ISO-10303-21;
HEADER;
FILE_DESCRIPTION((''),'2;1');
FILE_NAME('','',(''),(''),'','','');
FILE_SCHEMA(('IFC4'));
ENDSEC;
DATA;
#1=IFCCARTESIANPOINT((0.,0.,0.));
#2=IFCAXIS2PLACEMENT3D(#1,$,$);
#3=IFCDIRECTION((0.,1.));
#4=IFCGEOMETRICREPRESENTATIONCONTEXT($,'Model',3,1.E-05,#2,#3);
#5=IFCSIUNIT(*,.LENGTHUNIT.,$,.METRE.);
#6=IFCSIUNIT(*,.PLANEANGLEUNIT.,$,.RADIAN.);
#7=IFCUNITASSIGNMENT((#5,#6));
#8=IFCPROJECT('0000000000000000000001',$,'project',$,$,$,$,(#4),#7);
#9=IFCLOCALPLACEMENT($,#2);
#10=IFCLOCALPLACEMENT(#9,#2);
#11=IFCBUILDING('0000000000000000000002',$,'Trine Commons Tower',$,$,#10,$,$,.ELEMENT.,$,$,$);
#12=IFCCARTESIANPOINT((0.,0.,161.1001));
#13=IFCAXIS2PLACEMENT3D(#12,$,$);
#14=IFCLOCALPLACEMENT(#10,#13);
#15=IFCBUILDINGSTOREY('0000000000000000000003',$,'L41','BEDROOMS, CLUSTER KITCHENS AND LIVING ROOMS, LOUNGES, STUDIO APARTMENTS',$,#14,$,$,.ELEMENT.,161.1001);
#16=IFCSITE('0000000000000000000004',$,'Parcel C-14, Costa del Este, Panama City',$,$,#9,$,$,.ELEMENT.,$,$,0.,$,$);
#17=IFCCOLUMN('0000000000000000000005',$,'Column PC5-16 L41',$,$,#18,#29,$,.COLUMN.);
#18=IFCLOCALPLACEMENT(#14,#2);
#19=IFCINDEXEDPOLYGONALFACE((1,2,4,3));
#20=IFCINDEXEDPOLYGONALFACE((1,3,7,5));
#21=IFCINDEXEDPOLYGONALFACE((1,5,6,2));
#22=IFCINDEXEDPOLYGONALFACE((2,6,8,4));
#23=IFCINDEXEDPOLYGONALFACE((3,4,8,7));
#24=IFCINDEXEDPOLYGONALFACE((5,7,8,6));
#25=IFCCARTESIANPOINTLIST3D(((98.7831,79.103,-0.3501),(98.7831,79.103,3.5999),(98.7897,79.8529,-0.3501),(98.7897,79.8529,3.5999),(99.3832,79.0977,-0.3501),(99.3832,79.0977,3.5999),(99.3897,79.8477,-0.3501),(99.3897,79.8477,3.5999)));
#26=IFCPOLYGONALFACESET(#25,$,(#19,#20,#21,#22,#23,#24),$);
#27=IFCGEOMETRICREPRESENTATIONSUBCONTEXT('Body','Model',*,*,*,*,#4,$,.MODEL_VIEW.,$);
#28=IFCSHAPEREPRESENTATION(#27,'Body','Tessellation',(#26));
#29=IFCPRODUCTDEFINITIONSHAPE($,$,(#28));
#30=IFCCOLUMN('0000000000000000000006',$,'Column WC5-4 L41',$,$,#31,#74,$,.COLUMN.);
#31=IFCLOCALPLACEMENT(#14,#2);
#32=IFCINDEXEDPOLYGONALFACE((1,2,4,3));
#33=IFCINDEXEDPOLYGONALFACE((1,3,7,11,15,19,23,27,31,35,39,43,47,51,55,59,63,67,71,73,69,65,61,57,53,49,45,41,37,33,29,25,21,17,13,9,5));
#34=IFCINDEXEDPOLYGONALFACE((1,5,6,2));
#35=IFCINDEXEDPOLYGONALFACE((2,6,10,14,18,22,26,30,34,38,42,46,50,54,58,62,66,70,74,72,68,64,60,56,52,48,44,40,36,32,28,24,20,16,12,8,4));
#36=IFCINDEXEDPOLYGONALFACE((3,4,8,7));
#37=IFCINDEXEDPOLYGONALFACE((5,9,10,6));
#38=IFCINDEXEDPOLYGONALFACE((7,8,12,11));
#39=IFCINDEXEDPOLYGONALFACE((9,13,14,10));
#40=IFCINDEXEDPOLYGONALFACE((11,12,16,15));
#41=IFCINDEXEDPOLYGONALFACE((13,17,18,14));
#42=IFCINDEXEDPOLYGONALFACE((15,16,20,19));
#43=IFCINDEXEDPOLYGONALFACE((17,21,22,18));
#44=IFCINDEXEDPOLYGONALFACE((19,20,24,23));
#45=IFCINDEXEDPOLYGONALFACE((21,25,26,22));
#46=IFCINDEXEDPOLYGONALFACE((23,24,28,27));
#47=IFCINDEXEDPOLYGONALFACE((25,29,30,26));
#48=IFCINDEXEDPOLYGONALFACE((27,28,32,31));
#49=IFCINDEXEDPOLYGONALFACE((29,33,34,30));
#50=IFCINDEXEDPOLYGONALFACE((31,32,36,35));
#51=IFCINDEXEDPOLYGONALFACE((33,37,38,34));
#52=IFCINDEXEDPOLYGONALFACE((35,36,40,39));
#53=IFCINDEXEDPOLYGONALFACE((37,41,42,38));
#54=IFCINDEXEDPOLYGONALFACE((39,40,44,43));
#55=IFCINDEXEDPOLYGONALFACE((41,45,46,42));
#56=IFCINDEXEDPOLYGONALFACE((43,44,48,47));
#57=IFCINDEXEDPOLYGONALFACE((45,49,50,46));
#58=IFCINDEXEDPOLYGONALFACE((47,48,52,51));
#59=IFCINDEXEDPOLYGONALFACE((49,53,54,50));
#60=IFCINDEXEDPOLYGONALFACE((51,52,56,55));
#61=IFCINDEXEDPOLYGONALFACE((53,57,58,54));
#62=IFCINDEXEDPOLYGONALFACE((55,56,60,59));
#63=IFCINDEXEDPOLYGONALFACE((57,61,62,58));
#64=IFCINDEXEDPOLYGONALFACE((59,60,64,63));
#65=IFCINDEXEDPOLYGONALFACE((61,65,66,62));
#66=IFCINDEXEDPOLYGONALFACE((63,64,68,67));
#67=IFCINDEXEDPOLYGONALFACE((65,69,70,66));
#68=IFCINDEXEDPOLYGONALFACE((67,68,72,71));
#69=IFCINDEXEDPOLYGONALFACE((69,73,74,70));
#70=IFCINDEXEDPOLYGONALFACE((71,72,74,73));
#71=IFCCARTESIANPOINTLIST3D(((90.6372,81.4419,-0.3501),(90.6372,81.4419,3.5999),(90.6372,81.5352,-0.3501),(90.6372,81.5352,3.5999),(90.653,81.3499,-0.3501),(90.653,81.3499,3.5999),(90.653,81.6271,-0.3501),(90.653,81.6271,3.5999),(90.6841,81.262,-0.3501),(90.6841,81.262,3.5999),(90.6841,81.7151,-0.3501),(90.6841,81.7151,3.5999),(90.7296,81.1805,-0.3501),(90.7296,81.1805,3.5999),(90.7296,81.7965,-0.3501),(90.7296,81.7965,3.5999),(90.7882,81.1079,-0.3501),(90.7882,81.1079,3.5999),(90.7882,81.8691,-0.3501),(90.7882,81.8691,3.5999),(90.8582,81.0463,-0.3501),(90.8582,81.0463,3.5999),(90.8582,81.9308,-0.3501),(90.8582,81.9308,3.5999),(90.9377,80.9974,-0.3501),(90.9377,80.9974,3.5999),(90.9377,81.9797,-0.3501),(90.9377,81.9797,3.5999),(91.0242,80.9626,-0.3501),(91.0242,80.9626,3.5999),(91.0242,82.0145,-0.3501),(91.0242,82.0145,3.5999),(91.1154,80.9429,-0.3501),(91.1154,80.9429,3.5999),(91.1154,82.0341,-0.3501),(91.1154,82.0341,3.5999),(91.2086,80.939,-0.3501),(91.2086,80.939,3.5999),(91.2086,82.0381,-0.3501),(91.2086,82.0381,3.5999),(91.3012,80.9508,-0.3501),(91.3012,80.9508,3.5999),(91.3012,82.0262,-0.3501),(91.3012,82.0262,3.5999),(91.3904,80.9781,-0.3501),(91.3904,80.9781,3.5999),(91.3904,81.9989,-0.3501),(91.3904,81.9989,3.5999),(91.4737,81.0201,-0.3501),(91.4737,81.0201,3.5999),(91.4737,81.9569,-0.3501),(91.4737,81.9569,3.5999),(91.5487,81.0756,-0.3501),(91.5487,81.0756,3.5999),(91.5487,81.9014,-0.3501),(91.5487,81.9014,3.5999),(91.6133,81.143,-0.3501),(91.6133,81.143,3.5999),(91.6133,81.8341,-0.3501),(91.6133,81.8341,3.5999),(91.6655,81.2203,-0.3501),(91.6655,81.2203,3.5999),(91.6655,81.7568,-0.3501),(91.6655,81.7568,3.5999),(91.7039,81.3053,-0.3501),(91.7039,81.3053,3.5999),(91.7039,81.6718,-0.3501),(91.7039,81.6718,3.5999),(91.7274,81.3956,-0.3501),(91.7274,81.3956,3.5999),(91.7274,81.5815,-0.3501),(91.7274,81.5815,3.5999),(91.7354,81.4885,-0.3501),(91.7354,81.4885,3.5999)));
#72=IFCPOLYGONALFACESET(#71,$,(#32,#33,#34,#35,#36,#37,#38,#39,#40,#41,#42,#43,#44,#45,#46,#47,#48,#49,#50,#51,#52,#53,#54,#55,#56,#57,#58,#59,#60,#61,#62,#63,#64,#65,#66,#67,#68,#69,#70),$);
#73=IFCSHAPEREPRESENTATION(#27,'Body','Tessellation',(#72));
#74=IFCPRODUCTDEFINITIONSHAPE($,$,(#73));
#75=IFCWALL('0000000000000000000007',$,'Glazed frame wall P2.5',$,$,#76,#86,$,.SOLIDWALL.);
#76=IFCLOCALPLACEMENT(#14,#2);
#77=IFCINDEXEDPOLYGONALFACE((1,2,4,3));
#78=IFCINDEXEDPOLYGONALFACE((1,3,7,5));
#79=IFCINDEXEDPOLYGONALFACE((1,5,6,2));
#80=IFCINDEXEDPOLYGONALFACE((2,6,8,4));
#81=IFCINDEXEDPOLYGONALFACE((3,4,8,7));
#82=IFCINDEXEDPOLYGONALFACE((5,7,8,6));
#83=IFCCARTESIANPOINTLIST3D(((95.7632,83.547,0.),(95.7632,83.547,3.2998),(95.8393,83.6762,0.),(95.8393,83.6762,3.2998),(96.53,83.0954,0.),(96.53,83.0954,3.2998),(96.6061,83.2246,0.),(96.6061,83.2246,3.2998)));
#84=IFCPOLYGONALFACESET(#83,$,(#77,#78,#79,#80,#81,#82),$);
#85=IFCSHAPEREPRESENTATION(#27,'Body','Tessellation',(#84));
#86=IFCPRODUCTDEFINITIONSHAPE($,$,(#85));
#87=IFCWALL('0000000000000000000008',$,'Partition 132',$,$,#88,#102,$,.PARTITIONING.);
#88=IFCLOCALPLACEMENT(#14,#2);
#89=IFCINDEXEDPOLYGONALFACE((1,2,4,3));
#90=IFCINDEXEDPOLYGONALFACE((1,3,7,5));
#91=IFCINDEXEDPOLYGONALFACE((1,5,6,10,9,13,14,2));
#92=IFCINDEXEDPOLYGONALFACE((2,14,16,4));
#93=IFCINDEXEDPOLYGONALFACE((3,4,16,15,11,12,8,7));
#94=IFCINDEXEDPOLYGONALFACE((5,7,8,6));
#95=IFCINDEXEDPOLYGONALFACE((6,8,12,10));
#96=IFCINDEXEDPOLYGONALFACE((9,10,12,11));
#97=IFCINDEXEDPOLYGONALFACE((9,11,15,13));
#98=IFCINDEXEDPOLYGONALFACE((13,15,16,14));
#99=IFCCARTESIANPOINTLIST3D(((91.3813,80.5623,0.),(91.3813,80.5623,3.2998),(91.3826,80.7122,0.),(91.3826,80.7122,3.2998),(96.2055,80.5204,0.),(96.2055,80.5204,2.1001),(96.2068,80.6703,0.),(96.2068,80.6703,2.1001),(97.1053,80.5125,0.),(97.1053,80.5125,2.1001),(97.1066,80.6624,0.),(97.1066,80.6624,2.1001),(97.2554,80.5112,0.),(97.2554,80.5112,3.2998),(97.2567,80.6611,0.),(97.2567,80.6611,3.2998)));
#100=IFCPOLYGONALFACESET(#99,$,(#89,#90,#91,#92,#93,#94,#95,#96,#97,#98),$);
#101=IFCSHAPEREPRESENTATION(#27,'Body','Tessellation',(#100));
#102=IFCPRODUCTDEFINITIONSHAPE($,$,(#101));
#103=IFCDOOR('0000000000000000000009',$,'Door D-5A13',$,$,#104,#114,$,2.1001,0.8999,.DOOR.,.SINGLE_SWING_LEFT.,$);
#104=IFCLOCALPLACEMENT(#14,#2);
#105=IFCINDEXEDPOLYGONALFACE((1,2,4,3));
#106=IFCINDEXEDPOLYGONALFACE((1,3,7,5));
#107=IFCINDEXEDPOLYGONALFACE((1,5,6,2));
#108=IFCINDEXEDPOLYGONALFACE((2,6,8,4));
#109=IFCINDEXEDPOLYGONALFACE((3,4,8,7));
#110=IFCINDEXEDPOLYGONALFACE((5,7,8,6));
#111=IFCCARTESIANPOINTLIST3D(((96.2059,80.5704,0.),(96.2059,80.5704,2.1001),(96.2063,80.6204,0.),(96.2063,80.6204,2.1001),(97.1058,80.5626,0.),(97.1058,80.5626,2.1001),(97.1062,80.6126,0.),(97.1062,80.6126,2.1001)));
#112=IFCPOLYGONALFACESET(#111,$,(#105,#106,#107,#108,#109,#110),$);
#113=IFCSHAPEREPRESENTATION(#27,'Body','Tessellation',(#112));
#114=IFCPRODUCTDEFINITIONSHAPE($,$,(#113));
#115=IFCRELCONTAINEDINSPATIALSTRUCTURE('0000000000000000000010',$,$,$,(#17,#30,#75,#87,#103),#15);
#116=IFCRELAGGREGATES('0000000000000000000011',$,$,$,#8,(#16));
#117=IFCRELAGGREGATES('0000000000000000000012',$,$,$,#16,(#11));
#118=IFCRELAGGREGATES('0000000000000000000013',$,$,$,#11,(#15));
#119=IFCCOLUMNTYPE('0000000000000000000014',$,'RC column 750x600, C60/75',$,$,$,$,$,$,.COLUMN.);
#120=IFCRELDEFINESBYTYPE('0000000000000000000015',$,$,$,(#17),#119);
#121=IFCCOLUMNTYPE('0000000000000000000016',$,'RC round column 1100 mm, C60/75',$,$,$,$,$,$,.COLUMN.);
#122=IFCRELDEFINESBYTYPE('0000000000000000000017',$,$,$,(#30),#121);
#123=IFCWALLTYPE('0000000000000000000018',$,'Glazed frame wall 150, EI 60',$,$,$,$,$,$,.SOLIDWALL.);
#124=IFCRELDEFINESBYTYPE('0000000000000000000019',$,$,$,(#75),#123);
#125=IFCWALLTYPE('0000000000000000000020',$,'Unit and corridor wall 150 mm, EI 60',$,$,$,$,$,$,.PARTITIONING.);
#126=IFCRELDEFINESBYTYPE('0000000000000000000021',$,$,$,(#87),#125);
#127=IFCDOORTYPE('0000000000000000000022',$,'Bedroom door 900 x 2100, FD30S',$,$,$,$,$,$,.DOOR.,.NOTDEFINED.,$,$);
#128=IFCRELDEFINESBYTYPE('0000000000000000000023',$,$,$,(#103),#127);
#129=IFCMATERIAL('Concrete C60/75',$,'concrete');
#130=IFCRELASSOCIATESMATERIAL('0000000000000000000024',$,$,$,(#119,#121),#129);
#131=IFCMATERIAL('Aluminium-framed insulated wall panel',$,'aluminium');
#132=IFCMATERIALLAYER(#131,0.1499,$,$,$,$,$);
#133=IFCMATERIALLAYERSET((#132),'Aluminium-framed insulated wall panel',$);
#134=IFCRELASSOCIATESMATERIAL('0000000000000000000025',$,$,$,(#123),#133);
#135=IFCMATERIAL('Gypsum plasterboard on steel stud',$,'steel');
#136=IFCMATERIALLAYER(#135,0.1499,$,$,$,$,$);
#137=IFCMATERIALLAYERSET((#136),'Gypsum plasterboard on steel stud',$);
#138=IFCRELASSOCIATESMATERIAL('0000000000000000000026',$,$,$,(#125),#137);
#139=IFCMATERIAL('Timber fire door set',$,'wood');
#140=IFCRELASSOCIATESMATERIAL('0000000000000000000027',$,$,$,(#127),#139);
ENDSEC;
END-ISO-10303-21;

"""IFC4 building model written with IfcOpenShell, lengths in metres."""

from ifc_helpers import new_model, si_unit, direction, frame, frame_2d, origin, origin_2d, place, context, subcontext, project, spatial, polyline, rectangle, circle, outline, extrude, material, layer, layer_set, material_profile, profile_set, type_object, element, fill, save


model = new_model("IFC4")

# Units and contexts
model_context = context("Model", 3, precision=1e-05, world=origin(), true_north=direction((0.0, 1.0)))
body_context = subcontext(model_context, "Body", "Model", "MODEL_VIEW")
ifc_project = project(units=[si_unit("LENGTHUNIT", "METRE"), si_unit("PLANEANGLEUNIT", "RADIAN")], contexts=[model_context])

# Site, building, storey
site_placement = place(None, origin())
site = spatial("IfcSite", under=ifc_project, at=site_placement, Name="Parcel C-14, Costa del Este, Panama City", CompositionType="ELEMENT", RefElevation=0.0)
building_placement = place(site_placement, origin())
building = spatial("IfcBuilding", under=site, at=building_placement, Name="Trine Commons Tower", CompositionType="ELEMENT")
storey_placement = place(building_placement, frame((0.0, 0.0, 161.1001)))
storey = spatial("IfcBuildingStorey", under=building, at=storey_placement, Name="L41", Description="BEDROOMS, CLUSTER KITCHENS AND LIVING ROOMS, LOUNGES, STUDIO APARTMENTS", CompositionType="ELEMENT", Elevation=161.1001)

# Columns
ifc_material_1 = material(Name="Concrete C60/75", Category="concrete")
ifc_material_profile_1 = material_profile(ifc_material_1, rectangle(XDim=0.75, YDim=0.6001, at=origin_2d()), Name="RC 750x600")
ifc_profile_set_1 = profile_set([ifc_material_profile_1], Name="Concrete C60/75")
column_type_1 = type_object("IfcColumnType", Name="RC column 750x600, C60/75", PredefinedType="COLUMN", material=ifc_profile_set_1)
column_1_placement = place(storey_placement, frame((99.0864, 79.4753, -0.3501), z_axis=(0.0, 0.0, 1.0), x_axis=(0.008727, 0.999962, 0.0)))
element("IfcColumn", 1, at=column_1_placement, inside=storey, type_object=column_type_1, Name="Column PC5-16 L41", PredefinedType="COLUMN", context=body_context, shape_type="SweptSolid", body=[
    extrude(rectangle(XDim=0.75, YDim=0.6001, at=origin_2d()), origin(), (0.0, 0.0, 1.0), 3.95),
])
ifc_material_profile_2 = material_profile(ifc_material_1, circle(Radius=0.55, at=origin_2d()), Name="RC round 1100")
ifc_profile_set_2 = profile_set([ifc_material_profile_2], Name="Concrete C60/75")
column_type_2 = type_object("IfcColumnType", Name="RC round column 1100 mm, C60/75", PredefinedType="COLUMN", material=ifc_profile_set_2)
column_2_placement = place(storey_placement, frame((91.1853, 81.4885, -0.3501), z_axis=(0.0, 0.0, 1.0), x_axis=(1.0, 0.0, 0.0)))
element("IfcColumn", 2, at=column_2_placement, inside=storey, type_object=column_type_2, Name="Column WC5-4 L41", PredefinedType="COLUMN", context=body_context, shape_type="SweptSolid", body=[
    extrude(circle(Radius=0.55, at=origin_2d()), origin(), (0.0, 0.0, 1.0), 3.95),
])

# Wall
ifc_material_2 = material(Name="Aluminium-framed insulated wall panel", Category="aluminium")
ifc_layer_1 = layer(ifc_material_2, 0.1499)
ifc_layer_set_1 = layer_set([ifc_layer_1], Name="Aluminium-framed insulated wall panel")
wall_type_1 = type_object("IfcWallType", Name="Glazed frame wall 150, EI 60", PredefinedType="SOLIDWALL", material=ifc_layer_set_1)
wall_1_placement = place(storey_placement, frame((95.8013, 83.6116, 0.0), z_axis=(0.0, 0.0, 1.0), x_axis=(0.861664, -0.507479, 0.0)))
element("IfcWall", 3, at=wall_1_placement, inside=storey, type_object=wall_type_1, Name="Glazed frame wall P2.5", PredefinedType="SOLIDWALL", context=body_context, shape_type="SweptSolid", body=[
    extrude(outline(polyline([(0.8899, 0.075), (0.0, 0.075), (0.0, -0.075), (0.8899, -0.075), (0.8899, 0.075)])), origin(), (0.0, 0.0, 1.0), 3.2998),
])

# Wall, opening, door
ifc_material_3 = material(Name="Gypsum plasterboard on steel stud", Category="steel")
ifc_layer_2 = layer(ifc_material_3, 0.1499)
ifc_layer_set_2 = layer_set([ifc_layer_2], Name="Gypsum plasterboard on steel stud")
wall_type_2 = type_object("IfcWallType", Name="Unit and corridor wall 150 mm, EI 60", PredefinedType="PARTITIONING", material=ifc_layer_set_2)
wall_2_placement = place(storey_placement, frame((91.3821, 80.6372, 0.0), z_axis=(0.0, 0.0, 1.0), x_axis=(0.999962, -0.008686, 0.0)))
wall_2 = element("IfcWall", 4, at=wall_2_placement, inside=storey, type_object=wall_type_2, Name="Partition 132", PredefinedType="PARTITIONING", context=body_context, shape_type="SweptSolid", body=[
    extrude(rectangle(XDim=5.8743, YDim=0.1499, at=frame_2d((2.937, 0.0))), origin(), (0.0, 0.0, 1.0), 3.2998),
])
opening_1_placement = place(wall_2_placement, frame((4.8242, 0.0, 0.0)))
opening_1 = element("IfcOpeningElement", 5, at=opening_1_placement, cuts=wall_2, PredefinedType="OPENING", context=body_context, shape_type="SweptSolid", body=[
    extrude(rectangle(XDim=0.8999, YDim=2.1001, at=frame_2d((0.45, 1.05))), frame((0.0, 0.085, 0.0), z_axis=(0.0, -1.0, 0.0), x_axis=(1.0, 0.0, 0.0)), (0.0, 0.0, 1.0), 0.1699),
])
ifc_material_4 = material(Name="Timber fire door set", Category="wood")
door_type_1 = type_object("IfcDoorType", Name="Bedroom door 900 x 2100, FD30S", OperationType="NOTDEFINED", PredefinedType="DOOR", material=ifc_material_4)
door_1_placement = place(opening_1_placement, frame((0.8999, 0.0, 0.0), z_axis=(0.0, 0.0, 1.0), x_axis=(-1.0, 0.0, 0.0)))
door_1 = element("IfcDoor", 6, at=door_1_placement, inside=storey, type_object=door_type_1, Name="Door D-5A13", OperationType="SINGLE_SWING_LEFT", OverallHeight=2.1001, OverallWidth=0.8999, PredefinedType="DOOR", context=body_context, shape_type="SweptSolid", body=[
    extrude(rectangle(XDim=0.8999, YDim=2.1001, at=frame_2d((0.45, 1.05))), frame((0.0, 0.0249, 0.0), z_axis=(0.0, -1.0, 0.0), x_axis=(1.0, 0.0, 0.0)), (0.0, 0.0, 1.0), 0.05),
])
fill(opening_1, door_1)

save(model, "model.ifc")
